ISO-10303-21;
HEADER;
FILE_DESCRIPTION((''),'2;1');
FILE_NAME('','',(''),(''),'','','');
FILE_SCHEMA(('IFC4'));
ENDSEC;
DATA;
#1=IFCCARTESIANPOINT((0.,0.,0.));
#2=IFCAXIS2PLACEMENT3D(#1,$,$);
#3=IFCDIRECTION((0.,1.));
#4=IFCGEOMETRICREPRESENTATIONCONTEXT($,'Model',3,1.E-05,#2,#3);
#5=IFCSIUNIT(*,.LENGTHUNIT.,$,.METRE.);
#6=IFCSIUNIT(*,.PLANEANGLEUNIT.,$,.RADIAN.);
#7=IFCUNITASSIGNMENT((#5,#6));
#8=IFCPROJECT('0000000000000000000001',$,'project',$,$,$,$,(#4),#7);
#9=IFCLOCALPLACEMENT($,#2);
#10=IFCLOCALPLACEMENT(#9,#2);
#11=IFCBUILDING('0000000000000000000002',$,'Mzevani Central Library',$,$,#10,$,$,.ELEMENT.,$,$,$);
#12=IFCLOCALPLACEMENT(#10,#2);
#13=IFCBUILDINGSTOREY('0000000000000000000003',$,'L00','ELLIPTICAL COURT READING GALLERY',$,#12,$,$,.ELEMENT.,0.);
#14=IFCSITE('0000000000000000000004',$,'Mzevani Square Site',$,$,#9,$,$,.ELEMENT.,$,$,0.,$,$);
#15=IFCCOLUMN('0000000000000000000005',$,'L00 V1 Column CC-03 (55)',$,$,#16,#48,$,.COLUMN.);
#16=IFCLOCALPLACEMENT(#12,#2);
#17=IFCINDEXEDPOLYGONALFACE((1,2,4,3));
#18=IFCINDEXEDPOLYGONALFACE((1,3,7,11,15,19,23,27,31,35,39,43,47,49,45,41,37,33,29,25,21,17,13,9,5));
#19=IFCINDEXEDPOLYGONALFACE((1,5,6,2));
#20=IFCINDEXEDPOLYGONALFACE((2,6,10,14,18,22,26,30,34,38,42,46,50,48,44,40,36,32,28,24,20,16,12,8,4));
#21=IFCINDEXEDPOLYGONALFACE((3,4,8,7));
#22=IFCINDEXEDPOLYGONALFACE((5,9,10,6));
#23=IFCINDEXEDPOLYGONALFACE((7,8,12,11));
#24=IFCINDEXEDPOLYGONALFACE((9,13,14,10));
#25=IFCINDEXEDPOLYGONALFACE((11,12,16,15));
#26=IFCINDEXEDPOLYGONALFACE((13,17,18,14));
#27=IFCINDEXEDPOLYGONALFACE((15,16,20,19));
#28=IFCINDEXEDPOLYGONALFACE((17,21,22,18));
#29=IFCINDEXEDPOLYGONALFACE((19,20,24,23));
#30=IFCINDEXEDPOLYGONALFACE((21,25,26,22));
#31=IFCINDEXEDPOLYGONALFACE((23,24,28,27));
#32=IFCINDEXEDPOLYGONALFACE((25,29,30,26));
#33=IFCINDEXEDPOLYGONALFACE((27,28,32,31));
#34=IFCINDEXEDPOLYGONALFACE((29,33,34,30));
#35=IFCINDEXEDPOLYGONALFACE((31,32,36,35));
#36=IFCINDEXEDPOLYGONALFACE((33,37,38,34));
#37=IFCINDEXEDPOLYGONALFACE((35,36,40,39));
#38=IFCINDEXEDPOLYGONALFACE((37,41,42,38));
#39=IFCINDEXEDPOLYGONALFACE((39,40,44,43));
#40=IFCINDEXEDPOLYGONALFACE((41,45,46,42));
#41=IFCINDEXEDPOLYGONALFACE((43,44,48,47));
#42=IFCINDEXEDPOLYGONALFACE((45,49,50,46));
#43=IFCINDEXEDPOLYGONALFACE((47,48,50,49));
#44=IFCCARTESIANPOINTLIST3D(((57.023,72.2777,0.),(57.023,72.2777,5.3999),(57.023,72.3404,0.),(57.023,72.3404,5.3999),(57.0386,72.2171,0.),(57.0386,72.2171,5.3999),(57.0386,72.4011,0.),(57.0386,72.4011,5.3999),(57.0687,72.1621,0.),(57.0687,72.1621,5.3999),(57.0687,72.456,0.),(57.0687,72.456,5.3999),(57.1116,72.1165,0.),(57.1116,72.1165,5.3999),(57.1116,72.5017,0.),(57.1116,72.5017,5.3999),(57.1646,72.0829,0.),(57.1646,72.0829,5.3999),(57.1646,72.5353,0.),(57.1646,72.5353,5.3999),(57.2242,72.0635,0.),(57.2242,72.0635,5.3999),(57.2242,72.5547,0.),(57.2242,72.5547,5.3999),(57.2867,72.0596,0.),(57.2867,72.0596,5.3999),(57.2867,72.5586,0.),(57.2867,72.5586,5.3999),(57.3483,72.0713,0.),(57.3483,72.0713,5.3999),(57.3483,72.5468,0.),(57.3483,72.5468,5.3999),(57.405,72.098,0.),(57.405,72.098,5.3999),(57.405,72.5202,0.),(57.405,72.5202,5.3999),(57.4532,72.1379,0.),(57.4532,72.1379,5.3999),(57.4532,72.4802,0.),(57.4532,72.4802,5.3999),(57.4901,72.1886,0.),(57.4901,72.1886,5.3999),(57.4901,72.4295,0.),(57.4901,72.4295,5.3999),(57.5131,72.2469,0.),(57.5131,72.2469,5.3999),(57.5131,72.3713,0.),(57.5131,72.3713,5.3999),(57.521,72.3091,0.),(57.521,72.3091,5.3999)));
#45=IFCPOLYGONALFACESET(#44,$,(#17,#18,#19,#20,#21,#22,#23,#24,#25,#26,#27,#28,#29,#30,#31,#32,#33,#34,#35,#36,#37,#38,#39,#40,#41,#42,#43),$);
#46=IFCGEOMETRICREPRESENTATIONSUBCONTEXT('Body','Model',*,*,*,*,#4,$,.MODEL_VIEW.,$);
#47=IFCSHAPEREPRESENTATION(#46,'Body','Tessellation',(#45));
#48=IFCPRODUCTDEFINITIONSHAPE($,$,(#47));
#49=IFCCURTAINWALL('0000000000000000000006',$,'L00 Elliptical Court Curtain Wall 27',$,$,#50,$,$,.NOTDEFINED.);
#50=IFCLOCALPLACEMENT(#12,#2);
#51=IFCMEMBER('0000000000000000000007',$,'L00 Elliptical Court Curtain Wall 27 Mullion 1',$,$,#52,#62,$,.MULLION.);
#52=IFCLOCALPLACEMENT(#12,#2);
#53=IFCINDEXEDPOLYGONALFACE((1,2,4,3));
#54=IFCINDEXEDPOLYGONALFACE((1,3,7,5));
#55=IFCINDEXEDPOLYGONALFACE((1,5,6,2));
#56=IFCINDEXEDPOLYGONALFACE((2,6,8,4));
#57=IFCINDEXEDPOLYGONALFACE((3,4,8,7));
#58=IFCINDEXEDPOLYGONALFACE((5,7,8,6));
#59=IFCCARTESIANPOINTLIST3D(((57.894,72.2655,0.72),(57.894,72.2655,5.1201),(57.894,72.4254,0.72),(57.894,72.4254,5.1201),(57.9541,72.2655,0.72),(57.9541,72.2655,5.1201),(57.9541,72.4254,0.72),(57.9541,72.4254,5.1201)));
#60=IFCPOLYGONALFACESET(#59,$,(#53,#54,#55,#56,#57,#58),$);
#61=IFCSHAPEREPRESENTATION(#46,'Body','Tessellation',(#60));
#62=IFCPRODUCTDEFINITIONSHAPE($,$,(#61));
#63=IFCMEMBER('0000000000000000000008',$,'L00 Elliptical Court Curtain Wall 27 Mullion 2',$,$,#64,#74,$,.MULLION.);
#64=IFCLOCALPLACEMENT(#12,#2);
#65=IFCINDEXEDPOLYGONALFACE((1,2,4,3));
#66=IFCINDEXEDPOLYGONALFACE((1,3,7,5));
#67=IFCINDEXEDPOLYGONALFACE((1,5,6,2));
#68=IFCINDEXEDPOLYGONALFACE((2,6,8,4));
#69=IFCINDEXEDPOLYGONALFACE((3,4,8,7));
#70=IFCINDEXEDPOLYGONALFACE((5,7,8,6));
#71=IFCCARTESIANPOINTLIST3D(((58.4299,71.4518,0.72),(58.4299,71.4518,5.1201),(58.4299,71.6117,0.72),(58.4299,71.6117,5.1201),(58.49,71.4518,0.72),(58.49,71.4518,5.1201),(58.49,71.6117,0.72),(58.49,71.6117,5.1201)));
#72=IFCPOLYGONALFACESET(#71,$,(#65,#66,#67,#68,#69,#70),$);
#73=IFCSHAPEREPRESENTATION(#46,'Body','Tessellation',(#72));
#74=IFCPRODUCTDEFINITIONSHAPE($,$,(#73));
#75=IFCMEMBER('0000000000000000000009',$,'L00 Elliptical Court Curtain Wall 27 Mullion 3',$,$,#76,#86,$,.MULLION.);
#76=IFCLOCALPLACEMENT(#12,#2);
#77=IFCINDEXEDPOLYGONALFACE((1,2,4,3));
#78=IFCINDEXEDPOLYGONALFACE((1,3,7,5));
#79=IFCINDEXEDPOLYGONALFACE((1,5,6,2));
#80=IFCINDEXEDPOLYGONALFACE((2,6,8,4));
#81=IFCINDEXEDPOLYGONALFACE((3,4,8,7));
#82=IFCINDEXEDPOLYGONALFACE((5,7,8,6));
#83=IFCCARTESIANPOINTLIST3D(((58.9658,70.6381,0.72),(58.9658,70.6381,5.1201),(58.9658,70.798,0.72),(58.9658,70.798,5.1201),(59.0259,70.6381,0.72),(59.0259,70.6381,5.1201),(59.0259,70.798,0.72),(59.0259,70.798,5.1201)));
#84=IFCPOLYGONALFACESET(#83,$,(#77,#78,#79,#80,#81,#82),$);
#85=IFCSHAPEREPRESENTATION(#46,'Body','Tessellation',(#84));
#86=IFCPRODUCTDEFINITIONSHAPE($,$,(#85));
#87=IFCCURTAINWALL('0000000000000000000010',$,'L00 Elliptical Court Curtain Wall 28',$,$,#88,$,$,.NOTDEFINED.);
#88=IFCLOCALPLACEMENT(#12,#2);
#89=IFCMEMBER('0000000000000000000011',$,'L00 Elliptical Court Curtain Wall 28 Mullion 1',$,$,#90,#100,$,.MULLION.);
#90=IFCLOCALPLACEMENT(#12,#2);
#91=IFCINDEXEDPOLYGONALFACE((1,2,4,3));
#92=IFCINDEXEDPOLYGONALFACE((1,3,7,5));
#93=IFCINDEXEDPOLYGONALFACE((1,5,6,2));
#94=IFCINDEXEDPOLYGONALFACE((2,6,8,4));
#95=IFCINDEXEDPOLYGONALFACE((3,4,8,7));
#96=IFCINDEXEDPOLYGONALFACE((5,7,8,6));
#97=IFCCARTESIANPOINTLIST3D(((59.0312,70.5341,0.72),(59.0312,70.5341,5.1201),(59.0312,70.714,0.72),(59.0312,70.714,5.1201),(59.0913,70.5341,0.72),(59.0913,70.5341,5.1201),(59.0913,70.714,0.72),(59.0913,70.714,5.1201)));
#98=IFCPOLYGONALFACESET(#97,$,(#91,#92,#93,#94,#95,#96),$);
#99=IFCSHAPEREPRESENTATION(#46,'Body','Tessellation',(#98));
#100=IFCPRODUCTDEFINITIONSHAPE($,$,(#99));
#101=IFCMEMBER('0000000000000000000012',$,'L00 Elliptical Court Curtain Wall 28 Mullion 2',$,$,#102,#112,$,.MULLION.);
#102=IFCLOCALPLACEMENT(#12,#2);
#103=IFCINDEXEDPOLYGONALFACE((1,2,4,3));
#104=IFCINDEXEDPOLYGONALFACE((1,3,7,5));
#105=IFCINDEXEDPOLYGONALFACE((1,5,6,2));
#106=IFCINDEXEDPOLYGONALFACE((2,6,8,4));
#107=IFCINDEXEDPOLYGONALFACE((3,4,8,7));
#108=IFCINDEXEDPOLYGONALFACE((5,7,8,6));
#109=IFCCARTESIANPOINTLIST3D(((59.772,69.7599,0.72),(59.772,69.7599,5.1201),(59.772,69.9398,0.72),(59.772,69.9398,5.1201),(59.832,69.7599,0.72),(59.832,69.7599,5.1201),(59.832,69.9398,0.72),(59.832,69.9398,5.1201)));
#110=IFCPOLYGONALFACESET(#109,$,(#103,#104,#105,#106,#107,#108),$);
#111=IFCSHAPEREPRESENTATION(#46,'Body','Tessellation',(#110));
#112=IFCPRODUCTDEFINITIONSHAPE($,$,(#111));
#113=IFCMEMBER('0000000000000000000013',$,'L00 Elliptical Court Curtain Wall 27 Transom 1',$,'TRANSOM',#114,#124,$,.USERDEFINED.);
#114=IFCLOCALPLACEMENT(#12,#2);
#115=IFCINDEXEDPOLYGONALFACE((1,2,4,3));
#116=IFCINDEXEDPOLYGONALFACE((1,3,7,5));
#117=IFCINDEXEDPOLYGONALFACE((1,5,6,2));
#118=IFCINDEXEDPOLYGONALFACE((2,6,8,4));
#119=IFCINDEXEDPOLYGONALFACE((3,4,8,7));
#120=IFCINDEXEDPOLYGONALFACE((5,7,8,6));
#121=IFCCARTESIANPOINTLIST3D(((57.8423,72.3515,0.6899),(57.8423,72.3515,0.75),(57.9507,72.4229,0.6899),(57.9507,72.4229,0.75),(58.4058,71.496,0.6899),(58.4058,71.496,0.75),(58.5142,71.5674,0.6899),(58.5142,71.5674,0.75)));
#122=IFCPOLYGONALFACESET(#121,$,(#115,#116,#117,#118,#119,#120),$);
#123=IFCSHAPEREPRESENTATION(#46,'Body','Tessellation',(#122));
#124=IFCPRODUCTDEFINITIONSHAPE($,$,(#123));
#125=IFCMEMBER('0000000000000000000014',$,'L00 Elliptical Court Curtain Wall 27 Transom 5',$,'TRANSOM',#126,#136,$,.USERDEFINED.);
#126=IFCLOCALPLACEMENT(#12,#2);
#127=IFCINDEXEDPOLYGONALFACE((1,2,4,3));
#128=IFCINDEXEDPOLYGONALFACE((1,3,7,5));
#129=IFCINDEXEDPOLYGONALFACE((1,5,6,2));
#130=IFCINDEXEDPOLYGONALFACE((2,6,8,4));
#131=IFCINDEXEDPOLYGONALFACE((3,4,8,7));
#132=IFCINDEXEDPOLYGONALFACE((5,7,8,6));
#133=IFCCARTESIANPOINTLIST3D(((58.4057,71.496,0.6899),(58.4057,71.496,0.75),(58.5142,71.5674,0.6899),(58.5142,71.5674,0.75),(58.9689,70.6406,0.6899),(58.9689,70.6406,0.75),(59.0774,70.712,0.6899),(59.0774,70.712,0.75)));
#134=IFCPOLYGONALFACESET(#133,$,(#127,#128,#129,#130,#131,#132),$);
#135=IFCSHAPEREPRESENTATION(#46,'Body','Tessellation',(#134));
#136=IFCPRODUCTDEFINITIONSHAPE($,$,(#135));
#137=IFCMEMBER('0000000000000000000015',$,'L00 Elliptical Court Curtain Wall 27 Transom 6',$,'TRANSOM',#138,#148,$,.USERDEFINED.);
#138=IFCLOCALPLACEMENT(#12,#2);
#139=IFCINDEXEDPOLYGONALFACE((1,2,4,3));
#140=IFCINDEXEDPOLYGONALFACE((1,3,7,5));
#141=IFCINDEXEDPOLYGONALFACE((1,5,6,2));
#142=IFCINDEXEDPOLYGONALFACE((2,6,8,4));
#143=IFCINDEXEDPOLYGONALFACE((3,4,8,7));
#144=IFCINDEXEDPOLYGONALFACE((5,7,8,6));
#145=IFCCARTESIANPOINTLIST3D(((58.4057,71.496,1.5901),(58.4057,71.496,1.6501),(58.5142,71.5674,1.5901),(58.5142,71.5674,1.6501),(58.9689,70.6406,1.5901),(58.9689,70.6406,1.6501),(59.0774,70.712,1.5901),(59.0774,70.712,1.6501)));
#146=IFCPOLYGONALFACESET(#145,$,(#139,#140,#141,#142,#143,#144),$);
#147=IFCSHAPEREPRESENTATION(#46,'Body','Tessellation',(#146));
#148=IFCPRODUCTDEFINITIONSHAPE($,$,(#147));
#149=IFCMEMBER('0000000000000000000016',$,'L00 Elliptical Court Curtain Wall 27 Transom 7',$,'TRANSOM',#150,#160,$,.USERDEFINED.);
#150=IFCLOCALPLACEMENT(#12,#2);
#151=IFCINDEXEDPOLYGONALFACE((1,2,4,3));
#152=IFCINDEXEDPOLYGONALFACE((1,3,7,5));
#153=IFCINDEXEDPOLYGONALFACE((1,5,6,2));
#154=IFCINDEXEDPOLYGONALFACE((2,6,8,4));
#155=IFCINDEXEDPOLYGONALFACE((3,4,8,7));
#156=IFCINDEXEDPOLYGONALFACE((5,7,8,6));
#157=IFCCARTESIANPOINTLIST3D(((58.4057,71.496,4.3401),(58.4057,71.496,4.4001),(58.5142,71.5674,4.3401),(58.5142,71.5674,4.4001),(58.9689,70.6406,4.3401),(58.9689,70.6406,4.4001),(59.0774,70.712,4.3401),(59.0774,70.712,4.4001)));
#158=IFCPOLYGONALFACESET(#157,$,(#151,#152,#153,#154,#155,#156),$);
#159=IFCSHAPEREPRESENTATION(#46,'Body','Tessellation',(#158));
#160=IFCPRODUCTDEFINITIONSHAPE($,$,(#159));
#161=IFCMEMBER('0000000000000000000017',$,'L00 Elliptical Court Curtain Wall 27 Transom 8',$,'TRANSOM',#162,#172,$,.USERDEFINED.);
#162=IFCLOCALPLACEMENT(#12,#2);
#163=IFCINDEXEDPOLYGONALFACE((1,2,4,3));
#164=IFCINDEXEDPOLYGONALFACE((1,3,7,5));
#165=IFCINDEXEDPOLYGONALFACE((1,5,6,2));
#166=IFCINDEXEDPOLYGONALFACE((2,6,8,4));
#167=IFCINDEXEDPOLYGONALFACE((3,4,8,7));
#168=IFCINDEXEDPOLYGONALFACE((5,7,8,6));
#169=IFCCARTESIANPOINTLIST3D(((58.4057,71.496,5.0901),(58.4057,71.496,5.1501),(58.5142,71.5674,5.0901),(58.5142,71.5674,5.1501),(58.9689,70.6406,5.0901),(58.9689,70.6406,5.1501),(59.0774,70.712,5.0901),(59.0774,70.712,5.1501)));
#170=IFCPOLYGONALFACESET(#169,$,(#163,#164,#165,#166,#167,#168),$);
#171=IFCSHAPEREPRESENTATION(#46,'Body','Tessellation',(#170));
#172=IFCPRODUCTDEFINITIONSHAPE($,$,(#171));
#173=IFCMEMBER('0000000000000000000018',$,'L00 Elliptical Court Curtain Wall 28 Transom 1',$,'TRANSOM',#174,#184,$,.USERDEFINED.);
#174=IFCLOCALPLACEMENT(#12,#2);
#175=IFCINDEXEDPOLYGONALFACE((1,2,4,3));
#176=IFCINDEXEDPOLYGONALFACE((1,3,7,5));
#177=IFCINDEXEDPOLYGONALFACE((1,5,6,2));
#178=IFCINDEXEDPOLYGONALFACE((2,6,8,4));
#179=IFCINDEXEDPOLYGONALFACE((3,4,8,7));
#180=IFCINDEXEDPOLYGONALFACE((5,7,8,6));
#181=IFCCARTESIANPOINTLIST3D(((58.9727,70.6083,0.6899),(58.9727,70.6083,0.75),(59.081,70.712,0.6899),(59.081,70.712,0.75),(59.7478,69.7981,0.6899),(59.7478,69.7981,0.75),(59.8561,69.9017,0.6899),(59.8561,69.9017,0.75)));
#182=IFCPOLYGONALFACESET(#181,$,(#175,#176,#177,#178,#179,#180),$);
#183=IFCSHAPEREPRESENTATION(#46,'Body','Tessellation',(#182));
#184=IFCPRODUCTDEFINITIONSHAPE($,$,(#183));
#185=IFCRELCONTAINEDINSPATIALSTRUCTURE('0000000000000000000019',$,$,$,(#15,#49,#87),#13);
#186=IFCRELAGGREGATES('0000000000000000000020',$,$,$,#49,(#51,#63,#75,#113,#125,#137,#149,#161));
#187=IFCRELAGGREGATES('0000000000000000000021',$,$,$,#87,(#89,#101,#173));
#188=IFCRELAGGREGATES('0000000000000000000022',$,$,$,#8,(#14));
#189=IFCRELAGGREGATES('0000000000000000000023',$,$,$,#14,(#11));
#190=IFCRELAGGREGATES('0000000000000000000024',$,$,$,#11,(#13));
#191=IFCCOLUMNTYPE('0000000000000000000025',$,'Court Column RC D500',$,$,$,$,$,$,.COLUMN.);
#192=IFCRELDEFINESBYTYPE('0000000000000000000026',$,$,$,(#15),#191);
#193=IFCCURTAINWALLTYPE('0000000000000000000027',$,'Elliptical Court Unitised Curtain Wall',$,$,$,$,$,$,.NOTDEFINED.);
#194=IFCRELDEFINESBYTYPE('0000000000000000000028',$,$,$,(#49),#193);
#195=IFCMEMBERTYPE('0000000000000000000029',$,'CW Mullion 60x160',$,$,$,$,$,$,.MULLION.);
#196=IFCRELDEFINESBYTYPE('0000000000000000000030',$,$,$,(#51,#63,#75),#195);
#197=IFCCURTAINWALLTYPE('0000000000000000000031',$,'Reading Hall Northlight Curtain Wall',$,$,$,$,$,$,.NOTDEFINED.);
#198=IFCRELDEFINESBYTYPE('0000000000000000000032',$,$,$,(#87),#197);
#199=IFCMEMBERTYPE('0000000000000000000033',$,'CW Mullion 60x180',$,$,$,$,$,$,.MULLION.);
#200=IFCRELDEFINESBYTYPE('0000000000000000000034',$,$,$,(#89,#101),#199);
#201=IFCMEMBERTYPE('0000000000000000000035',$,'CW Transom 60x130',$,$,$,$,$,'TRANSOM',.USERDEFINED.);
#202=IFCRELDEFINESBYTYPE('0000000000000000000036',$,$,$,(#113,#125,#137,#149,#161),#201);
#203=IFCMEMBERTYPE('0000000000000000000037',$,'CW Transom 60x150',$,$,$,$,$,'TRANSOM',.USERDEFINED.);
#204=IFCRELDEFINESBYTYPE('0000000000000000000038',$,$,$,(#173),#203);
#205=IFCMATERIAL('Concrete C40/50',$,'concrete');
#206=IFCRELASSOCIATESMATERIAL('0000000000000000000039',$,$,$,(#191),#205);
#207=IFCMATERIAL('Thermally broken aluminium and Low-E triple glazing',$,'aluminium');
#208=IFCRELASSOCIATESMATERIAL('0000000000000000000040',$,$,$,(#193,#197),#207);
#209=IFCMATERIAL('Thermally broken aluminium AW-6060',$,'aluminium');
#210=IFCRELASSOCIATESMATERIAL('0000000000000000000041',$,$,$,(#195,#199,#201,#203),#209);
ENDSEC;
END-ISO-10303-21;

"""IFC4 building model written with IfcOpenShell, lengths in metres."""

from ifc_helpers import new_model, si_unit, direction, frame, origin, origin_2d, place, context, subcontext, project, spatial, rectangle, circle, extrude, material, material_profile, profile_set, type_object, element, aggregate, save


model = new_model("IFC4")

# Units and contexts
model_context = context("Model", 3, precision=1e-05, world=origin(), true_north=direction((0.0, 1.0)))
body_context = subcontext(model_context, "Body", "Model", "MODEL_VIEW")
ifc_project = project(units=[si_unit("LENGTHUNIT", "METRE"), si_unit("PLANEANGLEUNIT", "RADIAN")], contexts=[model_context])

# Site, building, storey
site_placement = place(None, origin())
site = spatial("IfcSite", under=ifc_project, at=site_placement, Name="Mzevani Square Site", CompositionType="ELEMENT", RefElevation=0.0)
building_placement = place(site_placement, origin())
building = spatial("IfcBuilding", under=site, at=building_placement, Name="Mzevani Central Library", CompositionType="ELEMENT")
storey_placement = place(building_placement, origin())
storey = spatial("IfcBuildingStorey", under=building, at=storey_placement, Name="L00", Description="ELLIPTICAL COURT READING GALLERY", CompositionType="ELEMENT", Elevation=0.0)

# Column
ifc_material_1 = material(Name="Concrete C40/50", Category="concrete")
ifc_material_profile_1 = material_profile(ifc_material_1, circle(Radius=0.25, at=origin_2d()), Name="RC D500")
ifc_profile_set_1 = profile_set([ifc_material_profile_1], Name="Concrete C40/50")
column_type = type_object("IfcColumnType", Name="Court Column RC D500", PredefinedType="COLUMN", material=ifc_profile_set_1)
column_placement = place(storey_placement, frame((57.271, 72.3091, 0.0), z_axis=(0.0, 0.0, 1.0), x_axis=(1.0, 0.0, 0.0)))
element("IfcColumn", 1, at=column_placement, inside=storey, type_object=column_type, Name="L00 V1 Column CC-03 (55)", PredefinedType="COLUMN", context=body_context, shape_type="SweptSolid", body=[
    extrude(circle(Radius=0.25, at=origin_2d()), origin(), (0.0, 0.0, 1.0), 5.3999),
])

# Curtain walls, members
ifc_material_2 = material(Name="Thermally broken aluminium and Low-E triple glazing", Category="aluminium")
curtain_wall_type_1 = type_object("IfcCurtainWallType", Name="Elliptical Court Unitised Curtain Wall", PredefinedType="NOTDEFINED", material=ifc_material_2)
curtain_wall_1_placement = place(storey_placement, origin())
curtain_wall_1 = element("IfcCurtainWall", 2, at=curtain_wall_1_placement, inside=storey, type_object=curtain_wall_type_1, Name="L00 Elliptical Court Curtain Wall 27", PredefinedType="NOTDEFINED")
ifc_material_3 = material(Name="Thermally broken aluminium AW-6060", Category="aluminium")
ifc_material_profile_2 = material_profile(ifc_material_3, rectangle(XDim=0.0601, YDim=0.1599, at=origin_2d()), Name="ALU M60x160")
ifc_profile_set_2 = profile_set([ifc_material_profile_2], Name="Thermally broken aluminium AW-6060")
member_type_1 = type_object("IfcMemberType", Name="CW Mullion 60x160", PredefinedType="MULLION", material=ifc_profile_set_2)
member_1_placement = place(storey_placement, frame((57.9241, 72.3455, 0.72), z_axis=(0.0, 0.0, 1.0), x_axis=(1.0, 0.0, 0.0)))
member_1 = element("IfcMember", 3, at=member_1_placement, type_object=member_type_1, Name="L00 Elliptical Court Curtain Wall 27 Mullion 1", PredefinedType="MULLION", context=body_context, shape_type="SweptSolid", body=[
    extrude(rectangle(XDim=0.0601, YDim=0.1599, at=origin_2d()), origin(), (0.0, 0.0, 1.0), 4.4001),
])
member_2_placement = place(storey_placement, frame((58.46, 71.5317, 0.72), z_axis=(0.0, 0.0, 1.0), x_axis=(1.0, 0.0, 0.0)))
member_2 = element("IfcMember", 4, at=member_2_placement, type_object=member_type_1, Name="L00 Elliptical Court Curtain Wall 27 Mullion 2", PredefinedType="MULLION", context=body_context, shape_type="SweptSolid", body=[
    extrude(rectangle(XDim=0.0601, YDim=0.1599, at=origin_2d()), origin(), (0.0, 0.0, 1.0), 4.4001),
])
member_3_placement = place(storey_placement, frame((58.9958, 70.718, 0.72), z_axis=(0.0, 0.0, 1.0), x_axis=(1.0, 0.0, 0.0)))
member_3 = element("IfcMember", 5, at=member_3_placement, type_object=member_type_1, Name="L00 Elliptical Court Curtain Wall 27 Mullion 3", PredefinedType="MULLION", context=body_context, shape_type="SweptSolid", body=[
    extrude(rectangle(XDim=0.0601, YDim=0.1599, at=origin_2d()), origin(), (0.0, 0.0, 1.0), 4.4001),
])
curtain_wall_type_2 = type_object("IfcCurtainWallType", Name="Reading Hall Northlight Curtain Wall", PredefinedType="NOTDEFINED", material=ifc_material_2)
curtain_wall_2_placement = place(storey_placement, origin())
curtain_wall_2 = element("IfcCurtainWall", 6, at=curtain_wall_2_placement, inside=storey, type_object=curtain_wall_type_2, Name="L00 Elliptical Court Curtain Wall 28", PredefinedType="NOTDEFINED")
ifc_material_profile_3 = material_profile(ifc_material_3, rectangle(XDim=0.0601, YDim=0.1799, at=origin_2d()), Name="ALU M60x180")
ifc_profile_set_3 = profile_set([ifc_material_profile_3], Name="Thermally broken aluminium AW-6060")
member_type_2 = type_object("IfcMemberType", Name="CW Mullion 60x180", PredefinedType="MULLION", material=ifc_profile_set_3)
member_4_placement = place(storey_placement, frame((59.0613, 70.624, 0.72), z_axis=(0.0, 0.0, 1.0), x_axis=(1.0, 0.0, 0.0)))
member_4 = element("IfcMember", 7, at=member_4_placement, type_object=member_type_2, Name="L00 Elliptical Court Curtain Wall 28 Mullion 1", PredefinedType="MULLION", context=body_context, shape_type="SweptSolid", body=[
    extrude(rectangle(XDim=0.0601, YDim=0.1799, at=origin_2d()), origin(), (0.0, 0.0, 1.0), 4.4001),
])
member_5_placement = place(storey_placement, frame((59.802, 69.8499, 0.72), z_axis=(0.0, 0.0, 1.0), x_axis=(1.0, 0.0, 0.0)))
member_5 = element("IfcMember", 8, at=member_5_placement, type_object=member_type_2, Name="L00 Elliptical Court Curtain Wall 28 Mullion 2", PredefinedType="MULLION", context=body_context, shape_type="SweptSolid", body=[
    extrude(rectangle(XDim=0.0601, YDim=0.1799, at=origin_2d()), origin(), (0.0, 0.0, 1.0), 4.4001),
])

# Members
ifc_material_profile_4 = material_profile(ifc_material_3, rectangle(XDim=0.1299, YDim=0.0601, at=origin_2d()), Name="ALU T60x130")
ifc_profile_set_4 = profile_set([ifc_material_profile_4], Name="Thermally broken aluminium AW-6060")
member_type_3 = type_object("IfcMemberType", Name="CW Transom 60x130", ElementType="TRANSOM", PredefinedType="USERDEFINED", material=ifc_profile_set_4)
member_6_placement = place(storey_placement, frame((57.8965, 72.3872, 0.72), z_axis=(0.550072, -0.835117, 0.0), x_axis=(0.835117, 0.550072, 0.0)))
member_6 = element("IfcMember", 9, at=member_6_placement, type_object=member_type_3, Name="L00 Elliptical Court Curtain Wall 27 Transom 1", ObjectType="TRANSOM", PredefinedType="USERDEFINED", context=body_context, shape_type="SweptSolid", body=[
    extrude(rectangle(XDim=0.1299, YDim=0.0601, at=origin_2d()), origin(), (0.0, 0.0, 1.0), 1.0244),
])
member_7_placement = place(storey_placement, frame((58.46, 71.5317, 0.72), z_axis=(0.549905, -0.835227, 0.0), x_axis=(0.835227, 0.549905, 0.0)))
member_7 = element("IfcMember", 10, at=member_7_placement, type_object=member_type_3, Name="L00 Elliptical Court Curtain Wall 27 Transom 5", ObjectType="TRANSOM", PredefinedType="USERDEFINED", context=body_context, shape_type="SweptSolid", body=[
    extrude(rectangle(XDim=0.1299, YDim=0.0601, at=origin_2d()), origin(), (0.0, 0.0, 1.0), 1.0242),
])
member_8_placement = place(storey_placement, frame((58.46, 71.5317, 1.6201), z_axis=(0.549905, -0.835227, 0.0), x_axis=(0.835227, 0.549905, 0.0)))
member_8 = element("IfcMember", 11, at=member_8_placement, type_object=member_type_3, Name="L00 Elliptical Court Curtain Wall 27 Transom 6", ObjectType="TRANSOM", PredefinedType="USERDEFINED", context=body_context, shape_type="SweptSolid", body=[
    extrude(rectangle(XDim=0.1299, YDim=0.0601, at=origin_2d()), origin(), (0.0, 0.0, 1.0), 1.0242),
])
member_9_placement = place(storey_placement, frame((58.46, 71.5317, 4.3701), z_axis=(0.549905, -0.835227, 0.0), x_axis=(0.835227, 0.549905, 0.0)))
member_9 = element("IfcMember", 12, at=member_9_placement, type_object=member_type_3, Name="L00 Elliptical Court Curtain Wall 27 Transom 7", ObjectType="TRANSOM", PredefinedType="USERDEFINED", context=body_context, shape_type="SweptSolid", body=[
    extrude(rectangle(XDim=0.1299, YDim=0.0601, at=origin_2d()), origin(), (0.0, 0.0, 1.0), 1.0242),
])
member_10_placement = place(storey_placement, frame((58.46, 71.5317, 5.1201), z_axis=(0.549905, -0.835227, 0.0), x_axis=(0.835227, 0.549905, 0.0)))
member_10 = element("IfcMember", 13, at=member_10_placement, type_object=member_type_3, Name="L00 Elliptical Court Curtain Wall 27 Transom 8", ObjectType="TRANSOM", PredefinedType="USERDEFINED", context=body_context, shape_type="SweptSolid", body=[
    extrude(rectangle(XDim=0.1299, YDim=0.0601, at=origin_2d()), origin(), (0.0, 0.0, 1.0), 1.0242),
])
ifc_material_profile_5 = material_profile(ifc_material_3, rectangle(XDim=0.1499, YDim=0.0601, at=origin_2d()), Name="ALU T60x150")
ifc_profile_set_5 = profile_set([ifc_material_profile_5], Name="Thermally broken aluminium AW-6060")
member_type_4 = type_object("IfcMemberType", Name="CW Transom 60x150", ElementType="TRANSOM", PredefinedType="USERDEFINED", material=ifc_profile_set_5)
member_11_placement = place(storey_placement, frame((59.0269, 70.6602, 0.72), z_axis=(0.691257, -0.722609, 0.0), x_axis=(0.722609, 0.691257, 0.0)))
member_11 = element("IfcMember", 14, at=member_11_placement, type_object=member_type_4, Name="L00 Elliptical Court Curtain Wall 28 Transom 1", ObjectType="TRANSOM", PredefinedType="USERDEFINED", context=body_context, shape_type="SweptSolid", body=[
    extrude(rectangle(XDim=0.1499, YDim=0.0601, at=origin_2d()), origin(), (0.0, 0.0, 1.0), 1.1213),
])

aggregate(curtain_wall_1, [member_1, member_2, member_3, member_6, member_7, member_8, member_9, member_10])
aggregate(curtain_wall_2, [member_4, member_5, member_11])

save(model, "model.ifc")
